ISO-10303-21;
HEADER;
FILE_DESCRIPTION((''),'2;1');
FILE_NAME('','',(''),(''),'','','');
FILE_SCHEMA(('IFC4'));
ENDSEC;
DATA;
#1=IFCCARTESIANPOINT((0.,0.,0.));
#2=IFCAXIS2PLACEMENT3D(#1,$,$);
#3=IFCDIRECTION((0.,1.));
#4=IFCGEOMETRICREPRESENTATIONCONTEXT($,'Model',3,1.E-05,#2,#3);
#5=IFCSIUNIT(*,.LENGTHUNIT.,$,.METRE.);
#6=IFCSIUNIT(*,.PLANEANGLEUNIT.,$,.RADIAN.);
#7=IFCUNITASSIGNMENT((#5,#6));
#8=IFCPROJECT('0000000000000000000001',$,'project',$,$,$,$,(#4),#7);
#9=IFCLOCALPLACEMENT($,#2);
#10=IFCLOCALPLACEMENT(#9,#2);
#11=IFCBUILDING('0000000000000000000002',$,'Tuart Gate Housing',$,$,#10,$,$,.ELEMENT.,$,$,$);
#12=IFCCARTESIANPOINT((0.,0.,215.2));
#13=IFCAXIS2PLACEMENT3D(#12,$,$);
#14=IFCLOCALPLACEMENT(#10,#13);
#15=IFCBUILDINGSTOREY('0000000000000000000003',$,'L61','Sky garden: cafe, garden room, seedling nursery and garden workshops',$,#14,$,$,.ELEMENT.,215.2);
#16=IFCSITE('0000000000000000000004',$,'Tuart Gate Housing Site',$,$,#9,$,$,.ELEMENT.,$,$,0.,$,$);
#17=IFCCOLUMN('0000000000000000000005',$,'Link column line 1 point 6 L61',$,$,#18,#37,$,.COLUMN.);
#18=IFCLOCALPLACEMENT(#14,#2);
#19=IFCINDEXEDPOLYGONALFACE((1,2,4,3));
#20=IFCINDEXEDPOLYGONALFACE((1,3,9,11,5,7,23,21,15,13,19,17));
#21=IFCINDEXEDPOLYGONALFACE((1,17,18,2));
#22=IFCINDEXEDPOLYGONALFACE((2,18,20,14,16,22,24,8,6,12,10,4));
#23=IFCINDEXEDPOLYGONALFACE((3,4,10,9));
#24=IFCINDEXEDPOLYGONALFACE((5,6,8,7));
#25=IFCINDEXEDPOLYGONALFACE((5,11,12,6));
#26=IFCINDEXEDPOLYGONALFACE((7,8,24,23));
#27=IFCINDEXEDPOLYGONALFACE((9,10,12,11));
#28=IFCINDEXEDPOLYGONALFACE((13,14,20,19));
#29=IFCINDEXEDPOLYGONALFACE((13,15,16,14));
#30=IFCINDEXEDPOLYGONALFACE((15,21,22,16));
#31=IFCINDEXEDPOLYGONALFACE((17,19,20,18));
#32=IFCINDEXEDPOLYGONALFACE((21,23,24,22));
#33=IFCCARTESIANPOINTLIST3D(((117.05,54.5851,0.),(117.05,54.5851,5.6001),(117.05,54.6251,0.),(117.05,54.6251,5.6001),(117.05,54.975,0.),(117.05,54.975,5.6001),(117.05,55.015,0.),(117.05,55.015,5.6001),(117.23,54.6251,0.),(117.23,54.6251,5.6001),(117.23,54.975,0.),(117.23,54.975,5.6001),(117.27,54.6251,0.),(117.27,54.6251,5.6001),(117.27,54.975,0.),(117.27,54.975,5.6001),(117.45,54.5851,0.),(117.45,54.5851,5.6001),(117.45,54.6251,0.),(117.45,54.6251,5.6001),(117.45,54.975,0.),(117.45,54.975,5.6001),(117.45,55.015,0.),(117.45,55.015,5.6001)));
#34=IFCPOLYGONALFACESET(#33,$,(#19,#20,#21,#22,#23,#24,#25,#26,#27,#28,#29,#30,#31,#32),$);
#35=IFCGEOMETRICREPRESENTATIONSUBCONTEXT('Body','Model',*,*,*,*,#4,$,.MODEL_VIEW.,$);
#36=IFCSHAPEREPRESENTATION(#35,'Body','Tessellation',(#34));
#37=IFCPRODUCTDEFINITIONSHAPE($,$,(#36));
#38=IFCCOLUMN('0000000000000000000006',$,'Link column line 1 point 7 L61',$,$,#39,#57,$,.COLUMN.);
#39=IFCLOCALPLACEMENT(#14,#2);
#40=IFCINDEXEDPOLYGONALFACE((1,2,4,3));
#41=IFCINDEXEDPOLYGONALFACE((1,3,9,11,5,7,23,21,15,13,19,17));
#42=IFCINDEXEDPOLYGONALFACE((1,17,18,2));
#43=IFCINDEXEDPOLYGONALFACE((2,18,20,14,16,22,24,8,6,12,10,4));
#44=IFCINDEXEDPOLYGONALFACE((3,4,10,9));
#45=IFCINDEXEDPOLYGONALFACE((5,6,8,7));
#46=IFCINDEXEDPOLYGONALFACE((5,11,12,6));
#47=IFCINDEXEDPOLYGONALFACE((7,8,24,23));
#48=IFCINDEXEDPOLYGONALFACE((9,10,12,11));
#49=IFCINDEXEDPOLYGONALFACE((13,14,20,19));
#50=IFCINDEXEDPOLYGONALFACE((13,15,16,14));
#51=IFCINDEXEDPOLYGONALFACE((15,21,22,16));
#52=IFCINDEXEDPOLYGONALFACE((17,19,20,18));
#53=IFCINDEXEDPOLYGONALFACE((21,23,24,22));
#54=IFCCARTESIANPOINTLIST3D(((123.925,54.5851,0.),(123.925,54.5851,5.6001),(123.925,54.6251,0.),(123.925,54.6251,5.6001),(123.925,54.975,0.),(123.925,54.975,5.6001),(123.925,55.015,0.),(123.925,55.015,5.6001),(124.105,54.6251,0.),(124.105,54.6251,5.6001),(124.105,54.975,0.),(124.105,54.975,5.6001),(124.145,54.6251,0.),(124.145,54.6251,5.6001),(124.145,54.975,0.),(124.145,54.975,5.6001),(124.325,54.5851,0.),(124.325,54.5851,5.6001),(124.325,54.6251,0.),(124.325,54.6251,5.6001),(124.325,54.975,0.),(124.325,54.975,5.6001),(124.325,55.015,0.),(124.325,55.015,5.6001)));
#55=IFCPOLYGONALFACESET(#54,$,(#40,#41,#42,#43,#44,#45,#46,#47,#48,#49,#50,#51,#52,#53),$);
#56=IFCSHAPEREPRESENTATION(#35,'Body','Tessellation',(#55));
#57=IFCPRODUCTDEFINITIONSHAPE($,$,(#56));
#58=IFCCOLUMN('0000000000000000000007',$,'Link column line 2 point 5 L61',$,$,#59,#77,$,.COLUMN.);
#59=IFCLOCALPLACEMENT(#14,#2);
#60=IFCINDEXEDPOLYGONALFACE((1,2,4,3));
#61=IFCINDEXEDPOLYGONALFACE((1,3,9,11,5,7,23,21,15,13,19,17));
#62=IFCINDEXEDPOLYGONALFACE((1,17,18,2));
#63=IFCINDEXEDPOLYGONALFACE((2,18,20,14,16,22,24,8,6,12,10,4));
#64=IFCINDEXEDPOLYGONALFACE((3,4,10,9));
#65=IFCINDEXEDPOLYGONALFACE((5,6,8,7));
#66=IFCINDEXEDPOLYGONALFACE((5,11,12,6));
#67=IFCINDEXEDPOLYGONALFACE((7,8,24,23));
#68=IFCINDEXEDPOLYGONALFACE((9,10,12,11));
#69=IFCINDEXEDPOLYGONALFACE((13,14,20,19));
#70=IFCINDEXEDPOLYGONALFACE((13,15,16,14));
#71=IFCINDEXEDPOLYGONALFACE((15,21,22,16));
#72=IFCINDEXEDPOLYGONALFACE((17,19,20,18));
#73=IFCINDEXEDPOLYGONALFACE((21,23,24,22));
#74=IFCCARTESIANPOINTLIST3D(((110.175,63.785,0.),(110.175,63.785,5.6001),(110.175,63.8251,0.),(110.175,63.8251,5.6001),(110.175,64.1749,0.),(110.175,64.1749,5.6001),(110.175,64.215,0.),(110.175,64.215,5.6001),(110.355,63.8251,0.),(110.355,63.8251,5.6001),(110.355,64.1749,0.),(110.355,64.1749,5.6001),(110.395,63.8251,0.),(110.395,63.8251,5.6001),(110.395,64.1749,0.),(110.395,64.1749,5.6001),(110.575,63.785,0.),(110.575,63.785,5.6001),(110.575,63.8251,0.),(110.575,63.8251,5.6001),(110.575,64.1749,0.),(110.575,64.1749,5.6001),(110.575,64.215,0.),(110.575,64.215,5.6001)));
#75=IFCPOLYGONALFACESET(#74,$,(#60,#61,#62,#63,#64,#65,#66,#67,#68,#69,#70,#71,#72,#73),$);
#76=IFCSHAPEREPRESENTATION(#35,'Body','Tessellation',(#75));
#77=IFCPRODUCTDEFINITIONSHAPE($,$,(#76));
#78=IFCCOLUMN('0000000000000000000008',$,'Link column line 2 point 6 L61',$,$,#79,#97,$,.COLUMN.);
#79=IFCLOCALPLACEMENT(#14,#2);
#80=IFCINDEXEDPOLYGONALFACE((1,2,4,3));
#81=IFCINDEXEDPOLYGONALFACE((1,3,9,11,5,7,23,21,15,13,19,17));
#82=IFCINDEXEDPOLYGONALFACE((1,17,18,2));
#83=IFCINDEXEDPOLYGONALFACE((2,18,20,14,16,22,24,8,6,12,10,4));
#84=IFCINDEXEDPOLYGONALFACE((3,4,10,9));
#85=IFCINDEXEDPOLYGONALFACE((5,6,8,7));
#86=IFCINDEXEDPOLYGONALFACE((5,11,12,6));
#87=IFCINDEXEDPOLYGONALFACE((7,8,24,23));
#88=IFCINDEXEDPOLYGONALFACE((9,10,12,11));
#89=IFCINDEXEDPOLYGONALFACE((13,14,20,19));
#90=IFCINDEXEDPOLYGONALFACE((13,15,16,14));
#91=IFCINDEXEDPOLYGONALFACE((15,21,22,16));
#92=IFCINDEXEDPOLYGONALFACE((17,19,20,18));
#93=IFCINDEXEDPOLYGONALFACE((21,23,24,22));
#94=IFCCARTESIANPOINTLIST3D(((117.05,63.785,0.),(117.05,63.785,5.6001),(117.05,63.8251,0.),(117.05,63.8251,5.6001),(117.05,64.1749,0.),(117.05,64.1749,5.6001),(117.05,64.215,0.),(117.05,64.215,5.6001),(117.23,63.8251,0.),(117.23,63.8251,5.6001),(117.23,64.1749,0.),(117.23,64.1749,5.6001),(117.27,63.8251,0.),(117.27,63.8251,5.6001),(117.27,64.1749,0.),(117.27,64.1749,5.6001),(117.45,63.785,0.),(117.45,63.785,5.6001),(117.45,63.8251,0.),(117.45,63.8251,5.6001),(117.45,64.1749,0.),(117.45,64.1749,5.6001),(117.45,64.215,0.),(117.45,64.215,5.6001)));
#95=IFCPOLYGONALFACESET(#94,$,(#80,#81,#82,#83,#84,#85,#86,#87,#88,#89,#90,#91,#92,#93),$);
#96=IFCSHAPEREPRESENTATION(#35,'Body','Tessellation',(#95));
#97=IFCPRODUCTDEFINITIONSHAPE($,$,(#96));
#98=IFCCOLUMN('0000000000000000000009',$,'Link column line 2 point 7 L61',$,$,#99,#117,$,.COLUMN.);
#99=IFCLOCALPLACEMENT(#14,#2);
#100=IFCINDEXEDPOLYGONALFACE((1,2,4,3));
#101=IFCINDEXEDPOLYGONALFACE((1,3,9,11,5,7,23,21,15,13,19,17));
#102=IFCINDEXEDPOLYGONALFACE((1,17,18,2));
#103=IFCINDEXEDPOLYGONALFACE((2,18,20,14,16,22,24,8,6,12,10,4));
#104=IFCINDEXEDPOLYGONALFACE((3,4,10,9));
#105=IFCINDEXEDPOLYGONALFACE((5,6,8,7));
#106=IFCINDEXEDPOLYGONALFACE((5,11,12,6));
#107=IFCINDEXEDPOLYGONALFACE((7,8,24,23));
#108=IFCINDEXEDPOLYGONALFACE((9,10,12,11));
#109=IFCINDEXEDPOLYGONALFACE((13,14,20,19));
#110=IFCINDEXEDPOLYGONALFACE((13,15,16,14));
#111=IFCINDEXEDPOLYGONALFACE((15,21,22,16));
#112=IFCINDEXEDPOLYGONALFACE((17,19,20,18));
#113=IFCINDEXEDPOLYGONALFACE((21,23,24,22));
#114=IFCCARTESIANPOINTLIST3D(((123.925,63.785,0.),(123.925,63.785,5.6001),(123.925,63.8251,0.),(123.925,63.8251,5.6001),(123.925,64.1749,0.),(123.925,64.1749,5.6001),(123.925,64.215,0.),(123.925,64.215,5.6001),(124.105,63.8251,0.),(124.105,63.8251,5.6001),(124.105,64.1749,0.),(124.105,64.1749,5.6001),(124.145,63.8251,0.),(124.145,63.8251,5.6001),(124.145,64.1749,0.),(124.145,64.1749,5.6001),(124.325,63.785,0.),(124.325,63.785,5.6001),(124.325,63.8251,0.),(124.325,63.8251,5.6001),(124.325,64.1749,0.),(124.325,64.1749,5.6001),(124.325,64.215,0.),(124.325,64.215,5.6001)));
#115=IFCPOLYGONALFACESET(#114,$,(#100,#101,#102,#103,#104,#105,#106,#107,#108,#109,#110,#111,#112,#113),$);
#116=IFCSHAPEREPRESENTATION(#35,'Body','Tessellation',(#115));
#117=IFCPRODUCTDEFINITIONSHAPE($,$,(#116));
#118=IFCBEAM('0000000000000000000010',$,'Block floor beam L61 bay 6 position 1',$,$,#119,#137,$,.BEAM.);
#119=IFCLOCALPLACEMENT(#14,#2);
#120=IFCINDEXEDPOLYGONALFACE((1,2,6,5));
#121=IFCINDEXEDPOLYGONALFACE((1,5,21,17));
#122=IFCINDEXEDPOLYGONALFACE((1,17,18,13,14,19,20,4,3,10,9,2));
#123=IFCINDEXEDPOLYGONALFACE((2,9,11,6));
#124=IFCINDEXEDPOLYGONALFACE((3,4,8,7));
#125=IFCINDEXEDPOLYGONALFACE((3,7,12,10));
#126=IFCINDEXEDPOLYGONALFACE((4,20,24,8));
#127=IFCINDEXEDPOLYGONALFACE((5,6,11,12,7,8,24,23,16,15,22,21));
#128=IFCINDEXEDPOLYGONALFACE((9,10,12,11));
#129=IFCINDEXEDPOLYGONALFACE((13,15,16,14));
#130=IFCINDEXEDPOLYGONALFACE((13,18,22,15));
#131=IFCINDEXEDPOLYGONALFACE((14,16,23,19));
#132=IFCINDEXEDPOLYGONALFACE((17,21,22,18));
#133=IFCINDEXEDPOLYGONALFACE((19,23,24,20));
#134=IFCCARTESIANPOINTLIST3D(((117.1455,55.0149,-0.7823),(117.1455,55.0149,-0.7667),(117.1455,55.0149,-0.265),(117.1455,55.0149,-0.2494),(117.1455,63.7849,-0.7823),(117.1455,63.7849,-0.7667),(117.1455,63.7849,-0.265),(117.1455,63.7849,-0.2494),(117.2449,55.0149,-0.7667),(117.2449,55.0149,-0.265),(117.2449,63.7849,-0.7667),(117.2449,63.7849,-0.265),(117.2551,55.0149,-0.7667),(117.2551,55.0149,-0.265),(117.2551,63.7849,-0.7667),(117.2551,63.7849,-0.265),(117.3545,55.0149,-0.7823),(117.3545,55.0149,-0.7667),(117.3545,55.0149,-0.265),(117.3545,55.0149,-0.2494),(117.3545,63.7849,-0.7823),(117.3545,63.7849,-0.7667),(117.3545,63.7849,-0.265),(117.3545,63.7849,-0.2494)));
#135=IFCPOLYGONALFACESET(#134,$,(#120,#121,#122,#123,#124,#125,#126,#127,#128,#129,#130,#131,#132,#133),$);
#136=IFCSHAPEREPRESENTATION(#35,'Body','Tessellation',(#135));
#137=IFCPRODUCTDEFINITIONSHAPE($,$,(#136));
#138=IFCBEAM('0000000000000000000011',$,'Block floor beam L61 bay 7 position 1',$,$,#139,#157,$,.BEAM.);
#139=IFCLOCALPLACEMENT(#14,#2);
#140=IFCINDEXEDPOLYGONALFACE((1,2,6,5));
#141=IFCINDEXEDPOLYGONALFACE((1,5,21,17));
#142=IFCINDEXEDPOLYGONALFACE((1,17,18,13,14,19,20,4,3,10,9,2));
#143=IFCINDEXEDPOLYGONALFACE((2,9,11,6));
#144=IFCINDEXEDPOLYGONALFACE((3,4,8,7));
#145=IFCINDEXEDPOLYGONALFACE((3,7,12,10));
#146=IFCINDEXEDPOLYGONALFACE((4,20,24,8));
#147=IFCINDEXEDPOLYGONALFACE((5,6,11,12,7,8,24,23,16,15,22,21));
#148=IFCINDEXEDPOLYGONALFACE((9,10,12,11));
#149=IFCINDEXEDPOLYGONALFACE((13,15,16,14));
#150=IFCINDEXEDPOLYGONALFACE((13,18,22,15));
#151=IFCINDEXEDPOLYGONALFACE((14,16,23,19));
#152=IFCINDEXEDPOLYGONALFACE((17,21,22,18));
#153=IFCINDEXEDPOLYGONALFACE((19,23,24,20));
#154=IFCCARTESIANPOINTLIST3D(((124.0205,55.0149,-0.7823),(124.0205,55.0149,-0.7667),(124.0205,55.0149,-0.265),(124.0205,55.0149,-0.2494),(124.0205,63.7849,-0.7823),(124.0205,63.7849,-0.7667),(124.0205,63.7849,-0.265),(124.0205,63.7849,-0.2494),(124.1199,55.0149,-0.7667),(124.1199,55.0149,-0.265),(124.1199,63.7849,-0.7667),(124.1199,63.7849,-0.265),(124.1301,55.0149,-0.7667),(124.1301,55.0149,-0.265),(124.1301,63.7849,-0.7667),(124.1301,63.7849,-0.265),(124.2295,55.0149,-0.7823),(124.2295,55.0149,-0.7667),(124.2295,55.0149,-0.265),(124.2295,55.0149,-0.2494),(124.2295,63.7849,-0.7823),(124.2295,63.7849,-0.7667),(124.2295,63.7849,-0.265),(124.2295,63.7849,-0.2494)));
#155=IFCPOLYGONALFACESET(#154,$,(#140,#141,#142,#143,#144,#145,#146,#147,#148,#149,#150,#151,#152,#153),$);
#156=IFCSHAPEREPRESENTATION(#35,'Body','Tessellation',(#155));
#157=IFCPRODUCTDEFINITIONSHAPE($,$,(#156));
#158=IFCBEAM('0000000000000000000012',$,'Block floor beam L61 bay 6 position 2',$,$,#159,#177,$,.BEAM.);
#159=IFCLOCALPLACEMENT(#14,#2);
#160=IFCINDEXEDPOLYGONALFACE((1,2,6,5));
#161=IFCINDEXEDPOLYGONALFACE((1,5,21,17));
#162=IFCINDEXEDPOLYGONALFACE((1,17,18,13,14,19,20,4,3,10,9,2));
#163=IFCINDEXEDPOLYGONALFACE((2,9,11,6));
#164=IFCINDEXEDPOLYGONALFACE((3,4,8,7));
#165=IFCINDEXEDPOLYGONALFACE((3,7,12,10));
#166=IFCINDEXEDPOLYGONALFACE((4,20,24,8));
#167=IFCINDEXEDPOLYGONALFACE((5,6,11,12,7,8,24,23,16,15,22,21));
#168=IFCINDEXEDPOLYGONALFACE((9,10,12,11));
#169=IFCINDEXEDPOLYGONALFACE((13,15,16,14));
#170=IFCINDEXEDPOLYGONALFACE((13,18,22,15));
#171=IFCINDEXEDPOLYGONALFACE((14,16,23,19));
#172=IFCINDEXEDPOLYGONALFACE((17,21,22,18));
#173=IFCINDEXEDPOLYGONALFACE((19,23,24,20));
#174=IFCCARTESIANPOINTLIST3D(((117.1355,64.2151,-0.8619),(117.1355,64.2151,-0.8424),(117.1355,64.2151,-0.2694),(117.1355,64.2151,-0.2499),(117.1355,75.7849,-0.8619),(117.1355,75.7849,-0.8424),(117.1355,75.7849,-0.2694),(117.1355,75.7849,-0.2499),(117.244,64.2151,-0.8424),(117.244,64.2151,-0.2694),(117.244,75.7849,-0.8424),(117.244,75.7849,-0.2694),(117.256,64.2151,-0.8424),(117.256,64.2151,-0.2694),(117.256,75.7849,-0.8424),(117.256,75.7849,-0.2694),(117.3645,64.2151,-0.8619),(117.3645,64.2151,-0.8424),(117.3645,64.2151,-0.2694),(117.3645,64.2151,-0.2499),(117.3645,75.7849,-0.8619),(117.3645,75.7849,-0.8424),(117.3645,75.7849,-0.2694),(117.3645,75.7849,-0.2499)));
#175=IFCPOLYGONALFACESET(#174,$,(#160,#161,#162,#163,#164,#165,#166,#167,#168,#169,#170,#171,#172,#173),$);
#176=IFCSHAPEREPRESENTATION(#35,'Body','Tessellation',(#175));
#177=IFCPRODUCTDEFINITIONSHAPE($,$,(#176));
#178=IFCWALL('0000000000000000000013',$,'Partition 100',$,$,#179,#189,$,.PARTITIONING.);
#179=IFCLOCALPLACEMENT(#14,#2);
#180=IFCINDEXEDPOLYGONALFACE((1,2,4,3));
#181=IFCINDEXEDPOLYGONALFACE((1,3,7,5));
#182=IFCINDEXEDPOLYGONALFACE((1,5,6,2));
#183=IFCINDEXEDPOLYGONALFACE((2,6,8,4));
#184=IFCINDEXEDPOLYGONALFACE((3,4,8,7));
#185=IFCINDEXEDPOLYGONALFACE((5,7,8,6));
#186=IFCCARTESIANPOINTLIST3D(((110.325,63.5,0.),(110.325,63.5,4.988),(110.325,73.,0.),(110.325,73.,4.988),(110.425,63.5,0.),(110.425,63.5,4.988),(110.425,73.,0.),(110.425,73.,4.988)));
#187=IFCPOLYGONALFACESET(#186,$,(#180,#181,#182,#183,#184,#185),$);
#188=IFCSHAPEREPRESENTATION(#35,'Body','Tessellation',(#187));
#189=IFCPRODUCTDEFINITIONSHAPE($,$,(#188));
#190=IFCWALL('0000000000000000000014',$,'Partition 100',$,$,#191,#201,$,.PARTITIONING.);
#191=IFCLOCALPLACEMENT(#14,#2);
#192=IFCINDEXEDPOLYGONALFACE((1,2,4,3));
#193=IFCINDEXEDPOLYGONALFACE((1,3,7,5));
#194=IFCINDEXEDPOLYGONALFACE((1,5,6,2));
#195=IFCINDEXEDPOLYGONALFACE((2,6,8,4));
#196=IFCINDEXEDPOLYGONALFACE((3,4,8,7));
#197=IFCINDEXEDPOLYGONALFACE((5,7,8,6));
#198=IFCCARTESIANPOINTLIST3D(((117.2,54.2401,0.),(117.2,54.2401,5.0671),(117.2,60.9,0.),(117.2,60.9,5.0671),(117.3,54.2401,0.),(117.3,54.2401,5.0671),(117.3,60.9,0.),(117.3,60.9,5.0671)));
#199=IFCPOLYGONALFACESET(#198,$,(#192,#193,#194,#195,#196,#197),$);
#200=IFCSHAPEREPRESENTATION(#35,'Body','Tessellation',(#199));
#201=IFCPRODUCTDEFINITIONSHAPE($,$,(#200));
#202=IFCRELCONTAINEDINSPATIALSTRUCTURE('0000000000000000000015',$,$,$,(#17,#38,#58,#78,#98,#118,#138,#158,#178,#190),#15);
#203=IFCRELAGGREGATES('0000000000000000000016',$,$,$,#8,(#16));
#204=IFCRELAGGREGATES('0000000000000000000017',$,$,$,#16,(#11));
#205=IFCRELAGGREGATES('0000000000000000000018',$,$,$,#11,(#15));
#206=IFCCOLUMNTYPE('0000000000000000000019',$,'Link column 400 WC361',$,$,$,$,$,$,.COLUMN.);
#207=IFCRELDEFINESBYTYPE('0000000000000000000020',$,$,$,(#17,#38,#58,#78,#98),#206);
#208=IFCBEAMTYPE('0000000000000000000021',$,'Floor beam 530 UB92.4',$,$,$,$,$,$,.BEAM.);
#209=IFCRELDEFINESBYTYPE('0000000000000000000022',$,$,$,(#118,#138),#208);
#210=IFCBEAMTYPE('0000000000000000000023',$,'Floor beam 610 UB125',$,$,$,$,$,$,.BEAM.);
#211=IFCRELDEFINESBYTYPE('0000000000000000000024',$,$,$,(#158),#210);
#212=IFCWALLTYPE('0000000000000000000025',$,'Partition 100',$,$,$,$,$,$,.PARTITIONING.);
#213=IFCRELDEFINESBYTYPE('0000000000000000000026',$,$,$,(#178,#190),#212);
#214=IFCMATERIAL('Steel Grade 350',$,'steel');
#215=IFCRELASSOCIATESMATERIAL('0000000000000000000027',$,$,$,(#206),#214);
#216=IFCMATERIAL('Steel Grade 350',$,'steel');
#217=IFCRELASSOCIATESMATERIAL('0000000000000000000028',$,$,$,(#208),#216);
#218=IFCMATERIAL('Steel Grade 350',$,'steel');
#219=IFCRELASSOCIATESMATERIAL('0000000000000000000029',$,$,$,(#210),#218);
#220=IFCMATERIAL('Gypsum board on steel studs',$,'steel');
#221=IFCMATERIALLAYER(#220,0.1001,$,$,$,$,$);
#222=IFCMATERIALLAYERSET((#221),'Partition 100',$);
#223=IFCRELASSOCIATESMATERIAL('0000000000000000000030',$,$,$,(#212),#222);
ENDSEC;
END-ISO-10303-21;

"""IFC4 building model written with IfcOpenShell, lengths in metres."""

from ifc_helpers import new_model, si_unit, direction, frame, frame_2d, origin, origin_2d, place, context, subcontext, project, spatial, rectangle, i_section, extrude, material, layer, layer_set, material_profile, profile_set, type_object, element, save


model = new_model("IFC4")

# Units and contexts
model_context = context("Model", 3, precision=1e-05, world=origin(), true_north=direction((0.0, 1.0)))
body_context = subcontext(model_context, "Body", "Model", "MODEL_VIEW")
ifc_project = project(units=[si_unit("LENGTHUNIT", "METRE"), si_unit("PLANEANGLEUNIT", "RADIAN")], contexts=[model_context])

# Site, building, storey
site_placement = place(None, origin())
site = spatial("IfcSite", under=ifc_project, at=site_placement, Name="Tuart Gate Housing Site", CompositionType="ELEMENT", RefElevation=0.0)
building_placement = place(site_placement, origin())
building = spatial("IfcBuilding", under=site, at=building_placement, Name="Tuart Gate Housing", CompositionType="ELEMENT")
storey_placement = place(building_placement, frame((0.0, 0.0, 215.2)))
storey = spatial("IfcBuildingStorey", under=building, at=storey_placement, Name="L61", Description="Sky garden: cafe, garden room, seedling nursery and garden workshops", CompositionType="ELEMENT", Elevation=215.2)

# Columns
ifc_material_1 = material(Name="Steel Grade 350", Category="steel")
ifc_material_profile_1 = material_profile(ifc_material_1, i_section(OverallWidth=0.3999, OverallDepth=0.4299, WebThickness=0.04, FlangeThickness=0.04, at=origin_2d()), Name="400WC361")
ifc_profile_set_1 = profile_set([ifc_material_profile_1], Name="Steel Grade 350")
column_type = type_object("IfcColumnType", Name="Link column 400 WC361", PredefinedType="COLUMN", material=ifc_profile_set_1)
for number, where, z_axis, x_axis, name in (
    (1, (117.25, 54.8, 0.0), (0.0, 0.0, 1.0), (1.0, 0.0, 0.0), "Link column line 1 point 6 L61"),
    (2, (124.125, 54.8, 0.0), (0.0, 0.0, 1.0), (1.0, 0.0, 0.0), "Link column line 1 point 7 L61"),
    (3, (110.375, 64.0, 0.0), (0.0, 0.0, 1.0), (1.0, 0.0, 0.0), "Link column line 2 point 5 L61"),
    (4, (117.25, 64.0, 0.0), (0.0, 0.0, 1.0), (1.0, 0.0, 0.0), "Link column line 2 point 6 L61"),
    (5, (124.125, 64.0, 0.0), (0.0, 0.0, 1.0), (1.0, 0.0, 0.0), "Link column line 2 point 7 L61"),
):
    element("IfcColumn", number, at=place(storey_placement, frame(where, z_axis=z_axis, x_axis=x_axis)), inside=storey, type_object=column_type, Name=name, PredefinedType="COLUMN", context=body_context, shape_type="SweptSolid", body=[
        extrude(i_section(OverallWidth=0.3999, OverallDepth=0.4299, WebThickness=0.04, FlangeThickness=0.04, at=origin_2d()), origin(), (0.0, 0.0, 1.0), 5.6001),
    ])

# Beams
ifc_material_2 = material(Name="Steel Grade 350", Category="steel")
ifc_material_profile_2 = material_profile(ifc_material_2, i_section(OverallWidth=0.209, OverallDepth=0.533, WebThickness=0.0103, FlangeThickness=0.0156, at=origin_2d()), Name="530UB92.4")
ifc_profile_set_2 = profile_set([ifc_material_profile_2], Name="Steel Grade 350")
beam_type_1 = type_object("IfcBeamType", Name="Floor beam 530 UB92.4", PredefinedType="BEAM", material=ifc_profile_set_2)
for number, where, z_axis, x_axis, name in (
    (6, (117.25, 55.0149, -0.5159), (0.0, 1.0, 0.0), (-1.0, 0.0, 0.0), "Block floor beam L61 bay 6 position 1"),
    (7, (124.125, 55.0149, -0.5159), (0.0, 1.0, 0.0), (-1.0, 0.0, 0.0), "Block floor beam L61 bay 7 position 1"),
):
    element("IfcBeam", number, at=place(storey_placement, frame(where, z_axis=z_axis, x_axis=x_axis)), inside=storey, type_object=beam_type_1, Name=name, PredefinedType="BEAM", context=body_context, shape_type="SweptSolid", body=[
        extrude(i_section(OverallWidth=0.209, OverallDepth=0.533, WebThickness=0.0103, FlangeThickness=0.0156, at=origin_2d()), origin(), (0.0, 0.0, 1.0), 8.77),
    ])
ifc_material_3 = material(Name="Steel Grade 350", Category="steel")
ifc_material_profile_3 = material_profile(ifc_material_3, i_section(OverallWidth=0.229, OverallDepth=0.6121, WebThickness=0.012, FlangeThickness=0.0195, at=origin_2d()), Name="610UB125")
ifc_profile_set_3 = profile_set([ifc_material_profile_3], Name="Steel Grade 350")
beam_type_2 = type_object("IfcBeamType", Name="Floor beam 610 UB125", PredefinedType="BEAM", material=ifc_profile_set_3)
beam_placement = place(storey_placement, frame((117.25, 64.2151, -0.5559), z_axis=(0.0, 1.0, 0.0), x_axis=(-1.0, 0.0, 0.0)))
element("IfcBeam", 8, at=beam_placement, inside=storey, type_object=beam_type_2, Name="Block floor beam L61 bay 6 position 2", PredefinedType="BEAM", context=body_context, shape_type="SweptSolid", body=[
    extrude(i_section(OverallWidth=0.229, OverallDepth=0.6121, WebThickness=0.012, FlangeThickness=0.0195, at=origin_2d()), origin(), (0.0, 0.0, 1.0), 11.5698),
])

# Walls
ifc_material_4 = material(Name="Gypsum board on steel studs", Category="steel")
ifc_layer = layer(ifc_material_4, 0.1001)
ifc_layer_set = layer_set([ifc_layer], Name="Partition 100")
wall_type = type_object("IfcWallType", Name="Partition 100", PredefinedType="PARTITIONING", material=ifc_layer_set)
wall_1_placement = place(storey_placement, frame((110.375, 63.5, 0.0), z_axis=(0.0, 0.0, 1.0), x_axis=(0.0, 1.0, 0.0)))
element("IfcWall", 9, at=wall_1_placement, inside=storey, type_object=wall_type, Name="Partition 100", PredefinedType="PARTITIONING", context=body_context, shape_type="SweptSolid", body=[
    extrude(rectangle(XDim=9.5, YDim=0.1001, at=frame_2d((4.75, 0.0))), origin(), (0.0, 0.0, 1.0), 4.988),
])
wall_2_placement = place(storey_placement, frame((117.25, 54.24, 0.0), z_axis=(0.0, 0.0, 1.0), x_axis=(0.0, 1.0, 0.0)))
element("IfcWall", 10, at=wall_2_placement, inside=storey, type_object=wall_type, Name="Partition 100", PredefinedType="PARTITIONING", context=body_context, shape_type="SweptSolid", body=[
    extrude(rectangle(XDim=6.6599, YDim=0.1001, at=frame_2d((3.3301, 0.0))), origin(), (0.0, 0.0, 1.0), 5.0671),
])

save(model, "model.ifc")
